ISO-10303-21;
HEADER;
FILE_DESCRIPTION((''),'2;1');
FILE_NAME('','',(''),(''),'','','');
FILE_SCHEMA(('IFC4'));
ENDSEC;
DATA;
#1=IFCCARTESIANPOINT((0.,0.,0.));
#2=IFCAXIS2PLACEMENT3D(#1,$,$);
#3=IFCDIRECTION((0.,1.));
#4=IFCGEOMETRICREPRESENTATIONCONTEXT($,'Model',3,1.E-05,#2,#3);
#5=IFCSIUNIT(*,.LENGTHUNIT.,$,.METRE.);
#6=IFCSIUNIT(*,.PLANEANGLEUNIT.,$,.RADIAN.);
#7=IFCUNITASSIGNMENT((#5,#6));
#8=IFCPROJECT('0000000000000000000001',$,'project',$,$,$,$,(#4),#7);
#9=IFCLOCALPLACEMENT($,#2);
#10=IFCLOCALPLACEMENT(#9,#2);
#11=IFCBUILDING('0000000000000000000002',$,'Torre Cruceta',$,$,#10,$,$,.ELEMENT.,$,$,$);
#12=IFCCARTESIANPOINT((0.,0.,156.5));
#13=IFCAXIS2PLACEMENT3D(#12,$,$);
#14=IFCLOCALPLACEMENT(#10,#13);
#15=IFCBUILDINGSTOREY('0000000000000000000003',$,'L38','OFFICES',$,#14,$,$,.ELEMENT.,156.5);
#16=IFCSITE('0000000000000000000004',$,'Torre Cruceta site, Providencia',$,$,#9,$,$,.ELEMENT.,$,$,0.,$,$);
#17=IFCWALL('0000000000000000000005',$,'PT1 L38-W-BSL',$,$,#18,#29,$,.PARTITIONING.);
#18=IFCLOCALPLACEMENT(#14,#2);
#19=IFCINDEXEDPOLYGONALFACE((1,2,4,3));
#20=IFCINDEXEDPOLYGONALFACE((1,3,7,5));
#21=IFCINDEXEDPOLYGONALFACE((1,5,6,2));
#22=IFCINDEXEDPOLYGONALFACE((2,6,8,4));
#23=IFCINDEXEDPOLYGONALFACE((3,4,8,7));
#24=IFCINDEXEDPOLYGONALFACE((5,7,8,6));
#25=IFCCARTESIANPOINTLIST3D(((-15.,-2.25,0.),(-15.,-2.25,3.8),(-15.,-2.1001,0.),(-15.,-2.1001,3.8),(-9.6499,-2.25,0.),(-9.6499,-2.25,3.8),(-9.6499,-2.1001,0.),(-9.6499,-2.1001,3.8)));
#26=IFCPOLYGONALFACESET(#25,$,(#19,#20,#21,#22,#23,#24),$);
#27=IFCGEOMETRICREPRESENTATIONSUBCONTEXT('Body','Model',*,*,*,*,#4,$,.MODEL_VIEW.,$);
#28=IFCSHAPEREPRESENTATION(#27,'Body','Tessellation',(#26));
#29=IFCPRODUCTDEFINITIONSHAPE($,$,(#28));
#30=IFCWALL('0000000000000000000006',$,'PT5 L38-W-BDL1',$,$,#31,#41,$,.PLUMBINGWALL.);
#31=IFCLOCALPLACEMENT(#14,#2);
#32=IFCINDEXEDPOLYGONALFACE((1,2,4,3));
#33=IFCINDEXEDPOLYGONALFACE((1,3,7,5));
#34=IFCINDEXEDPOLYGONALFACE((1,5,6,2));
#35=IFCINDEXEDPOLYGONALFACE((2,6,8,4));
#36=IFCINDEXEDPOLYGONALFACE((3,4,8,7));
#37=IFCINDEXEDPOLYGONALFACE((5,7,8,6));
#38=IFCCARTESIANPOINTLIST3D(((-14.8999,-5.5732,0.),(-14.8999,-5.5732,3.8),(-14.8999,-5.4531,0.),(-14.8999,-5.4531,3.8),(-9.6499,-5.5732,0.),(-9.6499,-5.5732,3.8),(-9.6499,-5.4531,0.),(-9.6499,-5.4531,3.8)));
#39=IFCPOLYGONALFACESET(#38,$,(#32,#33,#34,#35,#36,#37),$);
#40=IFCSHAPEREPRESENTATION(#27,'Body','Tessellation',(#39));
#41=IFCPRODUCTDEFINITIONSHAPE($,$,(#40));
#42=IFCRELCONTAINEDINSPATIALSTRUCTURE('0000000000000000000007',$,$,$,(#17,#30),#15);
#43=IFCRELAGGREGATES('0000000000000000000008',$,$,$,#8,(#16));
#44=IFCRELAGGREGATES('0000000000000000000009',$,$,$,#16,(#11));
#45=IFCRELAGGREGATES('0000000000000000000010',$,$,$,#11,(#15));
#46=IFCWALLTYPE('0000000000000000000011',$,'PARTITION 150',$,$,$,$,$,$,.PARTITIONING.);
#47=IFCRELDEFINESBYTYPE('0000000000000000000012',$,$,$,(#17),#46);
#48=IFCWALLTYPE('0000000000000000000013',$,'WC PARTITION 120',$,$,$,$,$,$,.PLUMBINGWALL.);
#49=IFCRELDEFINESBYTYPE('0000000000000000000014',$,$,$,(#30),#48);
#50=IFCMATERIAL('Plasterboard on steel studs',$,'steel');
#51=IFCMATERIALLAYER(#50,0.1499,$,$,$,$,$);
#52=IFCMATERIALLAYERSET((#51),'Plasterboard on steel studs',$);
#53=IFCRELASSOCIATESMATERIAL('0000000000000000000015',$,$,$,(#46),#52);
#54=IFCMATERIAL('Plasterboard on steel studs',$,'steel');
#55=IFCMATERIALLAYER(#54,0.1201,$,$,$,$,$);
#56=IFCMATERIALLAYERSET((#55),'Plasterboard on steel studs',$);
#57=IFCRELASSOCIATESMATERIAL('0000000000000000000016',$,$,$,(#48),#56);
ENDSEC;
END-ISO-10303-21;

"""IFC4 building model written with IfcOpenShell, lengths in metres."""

from ifc_helpers import new_model, si_unit, direction, frame, frame_2d, origin, place, context, subcontext, project, spatial, rectangle, extrude, material, layer, layer_set, type_object, element, save


model = new_model("IFC4")

# Units and contexts
model_context = context("Model", 3, precision=1e-05, world=origin(), true_north=direction((0.0, 1.0)))
body_context = subcontext(model_context, "Body", "Model", "MODEL_VIEW")
ifc_project = project(units=[si_unit("LENGTHUNIT", "METRE"), si_unit("PLANEANGLEUNIT", "RADIAN")], contexts=[model_context])

# Site, building, storey
site_placement = place(None, origin())
site = spatial("IfcSite", under=ifc_project, at=site_placement, Name="Torre Cruceta site, Providencia", CompositionType="ELEMENT", RefElevation=0.0)
building_placement = place(site_placement, origin())
building = spatial("IfcBuilding", under=site, at=building_placement, Name="Torre Cruceta", CompositionType="ELEMENT")
storey_placement = place(building_placement, frame((0.0, 0.0, 156.5)))
storey = spatial("IfcBuildingStorey", under=building, at=storey_placement, Name="L38", Description="OFFICES", CompositionType="ELEMENT", Elevation=156.5)

# Shared definitions
ifc_material_1 = material(Name="Plasterboard on steel studs", Category="steel")
ifc_layer_1 = layer(ifc_material_1, 0.1499)
ifc_layer_set_1 = layer_set([ifc_layer_1], Name="Plasterboard on steel studs")
wall_type_1 = type_object("IfcWallType", Name="PARTITION 150", PredefinedType="PARTITIONING", material=ifc_layer_set_1)

# Walls
wall_1_placement = place(storey_placement, frame((-9.6499, -2.175, 0.0), z_axis=(0.0, 0.0, 1.0), x_axis=(-1.0, 0.0, 0.0)))
element("IfcWall", 1, at=wall_1_placement, inside=storey, type_object=wall_type_1, Name="PT1 L38-W-BSL", PredefinedType="PARTITIONING", context=body_context, shape_type="SweptSolid", body=[
    extrude(rectangle(XDim=5.3501, YDim=0.1499, at=frame_2d((2.675, 0.0))), origin(), (0.0, 0.0, 1.0), 3.8),
])
ifc_material_2 = material(Name="Plasterboard on steel studs", Category="steel")
ifc_layer_2 = layer(ifc_material_2, 0.1201)
ifc_layer_set_2 = layer_set([ifc_layer_2], Name="Plasterboard on steel studs")
wall_type_2 = type_object("IfcWallType", Name="WC PARTITION 120", PredefinedType="PLUMBINGWALL", material=ifc_layer_set_2)
wall_2_placement = place(storey_placement, frame((-9.6499, -5.5132, 0.0), z_axis=(0.0, 0.0, 1.0), x_axis=(-1.0, 0.0, 0.0)))
element("IfcWall", 2, at=wall_2_placement, inside=storey, type_object=wall_type_2, Name="PT5 L38-W-BDL1", PredefinedType="PLUMBINGWALL", context=body_context, shape_type="SweptSolid", body=[
    extrude(rectangle(XDim=5.25, YDim=0.1201, at=frame_2d((2.625, 0.0))), origin(), (0.0, 0.0, 1.0), 3.8),
])

save(model, "model.ifc")
